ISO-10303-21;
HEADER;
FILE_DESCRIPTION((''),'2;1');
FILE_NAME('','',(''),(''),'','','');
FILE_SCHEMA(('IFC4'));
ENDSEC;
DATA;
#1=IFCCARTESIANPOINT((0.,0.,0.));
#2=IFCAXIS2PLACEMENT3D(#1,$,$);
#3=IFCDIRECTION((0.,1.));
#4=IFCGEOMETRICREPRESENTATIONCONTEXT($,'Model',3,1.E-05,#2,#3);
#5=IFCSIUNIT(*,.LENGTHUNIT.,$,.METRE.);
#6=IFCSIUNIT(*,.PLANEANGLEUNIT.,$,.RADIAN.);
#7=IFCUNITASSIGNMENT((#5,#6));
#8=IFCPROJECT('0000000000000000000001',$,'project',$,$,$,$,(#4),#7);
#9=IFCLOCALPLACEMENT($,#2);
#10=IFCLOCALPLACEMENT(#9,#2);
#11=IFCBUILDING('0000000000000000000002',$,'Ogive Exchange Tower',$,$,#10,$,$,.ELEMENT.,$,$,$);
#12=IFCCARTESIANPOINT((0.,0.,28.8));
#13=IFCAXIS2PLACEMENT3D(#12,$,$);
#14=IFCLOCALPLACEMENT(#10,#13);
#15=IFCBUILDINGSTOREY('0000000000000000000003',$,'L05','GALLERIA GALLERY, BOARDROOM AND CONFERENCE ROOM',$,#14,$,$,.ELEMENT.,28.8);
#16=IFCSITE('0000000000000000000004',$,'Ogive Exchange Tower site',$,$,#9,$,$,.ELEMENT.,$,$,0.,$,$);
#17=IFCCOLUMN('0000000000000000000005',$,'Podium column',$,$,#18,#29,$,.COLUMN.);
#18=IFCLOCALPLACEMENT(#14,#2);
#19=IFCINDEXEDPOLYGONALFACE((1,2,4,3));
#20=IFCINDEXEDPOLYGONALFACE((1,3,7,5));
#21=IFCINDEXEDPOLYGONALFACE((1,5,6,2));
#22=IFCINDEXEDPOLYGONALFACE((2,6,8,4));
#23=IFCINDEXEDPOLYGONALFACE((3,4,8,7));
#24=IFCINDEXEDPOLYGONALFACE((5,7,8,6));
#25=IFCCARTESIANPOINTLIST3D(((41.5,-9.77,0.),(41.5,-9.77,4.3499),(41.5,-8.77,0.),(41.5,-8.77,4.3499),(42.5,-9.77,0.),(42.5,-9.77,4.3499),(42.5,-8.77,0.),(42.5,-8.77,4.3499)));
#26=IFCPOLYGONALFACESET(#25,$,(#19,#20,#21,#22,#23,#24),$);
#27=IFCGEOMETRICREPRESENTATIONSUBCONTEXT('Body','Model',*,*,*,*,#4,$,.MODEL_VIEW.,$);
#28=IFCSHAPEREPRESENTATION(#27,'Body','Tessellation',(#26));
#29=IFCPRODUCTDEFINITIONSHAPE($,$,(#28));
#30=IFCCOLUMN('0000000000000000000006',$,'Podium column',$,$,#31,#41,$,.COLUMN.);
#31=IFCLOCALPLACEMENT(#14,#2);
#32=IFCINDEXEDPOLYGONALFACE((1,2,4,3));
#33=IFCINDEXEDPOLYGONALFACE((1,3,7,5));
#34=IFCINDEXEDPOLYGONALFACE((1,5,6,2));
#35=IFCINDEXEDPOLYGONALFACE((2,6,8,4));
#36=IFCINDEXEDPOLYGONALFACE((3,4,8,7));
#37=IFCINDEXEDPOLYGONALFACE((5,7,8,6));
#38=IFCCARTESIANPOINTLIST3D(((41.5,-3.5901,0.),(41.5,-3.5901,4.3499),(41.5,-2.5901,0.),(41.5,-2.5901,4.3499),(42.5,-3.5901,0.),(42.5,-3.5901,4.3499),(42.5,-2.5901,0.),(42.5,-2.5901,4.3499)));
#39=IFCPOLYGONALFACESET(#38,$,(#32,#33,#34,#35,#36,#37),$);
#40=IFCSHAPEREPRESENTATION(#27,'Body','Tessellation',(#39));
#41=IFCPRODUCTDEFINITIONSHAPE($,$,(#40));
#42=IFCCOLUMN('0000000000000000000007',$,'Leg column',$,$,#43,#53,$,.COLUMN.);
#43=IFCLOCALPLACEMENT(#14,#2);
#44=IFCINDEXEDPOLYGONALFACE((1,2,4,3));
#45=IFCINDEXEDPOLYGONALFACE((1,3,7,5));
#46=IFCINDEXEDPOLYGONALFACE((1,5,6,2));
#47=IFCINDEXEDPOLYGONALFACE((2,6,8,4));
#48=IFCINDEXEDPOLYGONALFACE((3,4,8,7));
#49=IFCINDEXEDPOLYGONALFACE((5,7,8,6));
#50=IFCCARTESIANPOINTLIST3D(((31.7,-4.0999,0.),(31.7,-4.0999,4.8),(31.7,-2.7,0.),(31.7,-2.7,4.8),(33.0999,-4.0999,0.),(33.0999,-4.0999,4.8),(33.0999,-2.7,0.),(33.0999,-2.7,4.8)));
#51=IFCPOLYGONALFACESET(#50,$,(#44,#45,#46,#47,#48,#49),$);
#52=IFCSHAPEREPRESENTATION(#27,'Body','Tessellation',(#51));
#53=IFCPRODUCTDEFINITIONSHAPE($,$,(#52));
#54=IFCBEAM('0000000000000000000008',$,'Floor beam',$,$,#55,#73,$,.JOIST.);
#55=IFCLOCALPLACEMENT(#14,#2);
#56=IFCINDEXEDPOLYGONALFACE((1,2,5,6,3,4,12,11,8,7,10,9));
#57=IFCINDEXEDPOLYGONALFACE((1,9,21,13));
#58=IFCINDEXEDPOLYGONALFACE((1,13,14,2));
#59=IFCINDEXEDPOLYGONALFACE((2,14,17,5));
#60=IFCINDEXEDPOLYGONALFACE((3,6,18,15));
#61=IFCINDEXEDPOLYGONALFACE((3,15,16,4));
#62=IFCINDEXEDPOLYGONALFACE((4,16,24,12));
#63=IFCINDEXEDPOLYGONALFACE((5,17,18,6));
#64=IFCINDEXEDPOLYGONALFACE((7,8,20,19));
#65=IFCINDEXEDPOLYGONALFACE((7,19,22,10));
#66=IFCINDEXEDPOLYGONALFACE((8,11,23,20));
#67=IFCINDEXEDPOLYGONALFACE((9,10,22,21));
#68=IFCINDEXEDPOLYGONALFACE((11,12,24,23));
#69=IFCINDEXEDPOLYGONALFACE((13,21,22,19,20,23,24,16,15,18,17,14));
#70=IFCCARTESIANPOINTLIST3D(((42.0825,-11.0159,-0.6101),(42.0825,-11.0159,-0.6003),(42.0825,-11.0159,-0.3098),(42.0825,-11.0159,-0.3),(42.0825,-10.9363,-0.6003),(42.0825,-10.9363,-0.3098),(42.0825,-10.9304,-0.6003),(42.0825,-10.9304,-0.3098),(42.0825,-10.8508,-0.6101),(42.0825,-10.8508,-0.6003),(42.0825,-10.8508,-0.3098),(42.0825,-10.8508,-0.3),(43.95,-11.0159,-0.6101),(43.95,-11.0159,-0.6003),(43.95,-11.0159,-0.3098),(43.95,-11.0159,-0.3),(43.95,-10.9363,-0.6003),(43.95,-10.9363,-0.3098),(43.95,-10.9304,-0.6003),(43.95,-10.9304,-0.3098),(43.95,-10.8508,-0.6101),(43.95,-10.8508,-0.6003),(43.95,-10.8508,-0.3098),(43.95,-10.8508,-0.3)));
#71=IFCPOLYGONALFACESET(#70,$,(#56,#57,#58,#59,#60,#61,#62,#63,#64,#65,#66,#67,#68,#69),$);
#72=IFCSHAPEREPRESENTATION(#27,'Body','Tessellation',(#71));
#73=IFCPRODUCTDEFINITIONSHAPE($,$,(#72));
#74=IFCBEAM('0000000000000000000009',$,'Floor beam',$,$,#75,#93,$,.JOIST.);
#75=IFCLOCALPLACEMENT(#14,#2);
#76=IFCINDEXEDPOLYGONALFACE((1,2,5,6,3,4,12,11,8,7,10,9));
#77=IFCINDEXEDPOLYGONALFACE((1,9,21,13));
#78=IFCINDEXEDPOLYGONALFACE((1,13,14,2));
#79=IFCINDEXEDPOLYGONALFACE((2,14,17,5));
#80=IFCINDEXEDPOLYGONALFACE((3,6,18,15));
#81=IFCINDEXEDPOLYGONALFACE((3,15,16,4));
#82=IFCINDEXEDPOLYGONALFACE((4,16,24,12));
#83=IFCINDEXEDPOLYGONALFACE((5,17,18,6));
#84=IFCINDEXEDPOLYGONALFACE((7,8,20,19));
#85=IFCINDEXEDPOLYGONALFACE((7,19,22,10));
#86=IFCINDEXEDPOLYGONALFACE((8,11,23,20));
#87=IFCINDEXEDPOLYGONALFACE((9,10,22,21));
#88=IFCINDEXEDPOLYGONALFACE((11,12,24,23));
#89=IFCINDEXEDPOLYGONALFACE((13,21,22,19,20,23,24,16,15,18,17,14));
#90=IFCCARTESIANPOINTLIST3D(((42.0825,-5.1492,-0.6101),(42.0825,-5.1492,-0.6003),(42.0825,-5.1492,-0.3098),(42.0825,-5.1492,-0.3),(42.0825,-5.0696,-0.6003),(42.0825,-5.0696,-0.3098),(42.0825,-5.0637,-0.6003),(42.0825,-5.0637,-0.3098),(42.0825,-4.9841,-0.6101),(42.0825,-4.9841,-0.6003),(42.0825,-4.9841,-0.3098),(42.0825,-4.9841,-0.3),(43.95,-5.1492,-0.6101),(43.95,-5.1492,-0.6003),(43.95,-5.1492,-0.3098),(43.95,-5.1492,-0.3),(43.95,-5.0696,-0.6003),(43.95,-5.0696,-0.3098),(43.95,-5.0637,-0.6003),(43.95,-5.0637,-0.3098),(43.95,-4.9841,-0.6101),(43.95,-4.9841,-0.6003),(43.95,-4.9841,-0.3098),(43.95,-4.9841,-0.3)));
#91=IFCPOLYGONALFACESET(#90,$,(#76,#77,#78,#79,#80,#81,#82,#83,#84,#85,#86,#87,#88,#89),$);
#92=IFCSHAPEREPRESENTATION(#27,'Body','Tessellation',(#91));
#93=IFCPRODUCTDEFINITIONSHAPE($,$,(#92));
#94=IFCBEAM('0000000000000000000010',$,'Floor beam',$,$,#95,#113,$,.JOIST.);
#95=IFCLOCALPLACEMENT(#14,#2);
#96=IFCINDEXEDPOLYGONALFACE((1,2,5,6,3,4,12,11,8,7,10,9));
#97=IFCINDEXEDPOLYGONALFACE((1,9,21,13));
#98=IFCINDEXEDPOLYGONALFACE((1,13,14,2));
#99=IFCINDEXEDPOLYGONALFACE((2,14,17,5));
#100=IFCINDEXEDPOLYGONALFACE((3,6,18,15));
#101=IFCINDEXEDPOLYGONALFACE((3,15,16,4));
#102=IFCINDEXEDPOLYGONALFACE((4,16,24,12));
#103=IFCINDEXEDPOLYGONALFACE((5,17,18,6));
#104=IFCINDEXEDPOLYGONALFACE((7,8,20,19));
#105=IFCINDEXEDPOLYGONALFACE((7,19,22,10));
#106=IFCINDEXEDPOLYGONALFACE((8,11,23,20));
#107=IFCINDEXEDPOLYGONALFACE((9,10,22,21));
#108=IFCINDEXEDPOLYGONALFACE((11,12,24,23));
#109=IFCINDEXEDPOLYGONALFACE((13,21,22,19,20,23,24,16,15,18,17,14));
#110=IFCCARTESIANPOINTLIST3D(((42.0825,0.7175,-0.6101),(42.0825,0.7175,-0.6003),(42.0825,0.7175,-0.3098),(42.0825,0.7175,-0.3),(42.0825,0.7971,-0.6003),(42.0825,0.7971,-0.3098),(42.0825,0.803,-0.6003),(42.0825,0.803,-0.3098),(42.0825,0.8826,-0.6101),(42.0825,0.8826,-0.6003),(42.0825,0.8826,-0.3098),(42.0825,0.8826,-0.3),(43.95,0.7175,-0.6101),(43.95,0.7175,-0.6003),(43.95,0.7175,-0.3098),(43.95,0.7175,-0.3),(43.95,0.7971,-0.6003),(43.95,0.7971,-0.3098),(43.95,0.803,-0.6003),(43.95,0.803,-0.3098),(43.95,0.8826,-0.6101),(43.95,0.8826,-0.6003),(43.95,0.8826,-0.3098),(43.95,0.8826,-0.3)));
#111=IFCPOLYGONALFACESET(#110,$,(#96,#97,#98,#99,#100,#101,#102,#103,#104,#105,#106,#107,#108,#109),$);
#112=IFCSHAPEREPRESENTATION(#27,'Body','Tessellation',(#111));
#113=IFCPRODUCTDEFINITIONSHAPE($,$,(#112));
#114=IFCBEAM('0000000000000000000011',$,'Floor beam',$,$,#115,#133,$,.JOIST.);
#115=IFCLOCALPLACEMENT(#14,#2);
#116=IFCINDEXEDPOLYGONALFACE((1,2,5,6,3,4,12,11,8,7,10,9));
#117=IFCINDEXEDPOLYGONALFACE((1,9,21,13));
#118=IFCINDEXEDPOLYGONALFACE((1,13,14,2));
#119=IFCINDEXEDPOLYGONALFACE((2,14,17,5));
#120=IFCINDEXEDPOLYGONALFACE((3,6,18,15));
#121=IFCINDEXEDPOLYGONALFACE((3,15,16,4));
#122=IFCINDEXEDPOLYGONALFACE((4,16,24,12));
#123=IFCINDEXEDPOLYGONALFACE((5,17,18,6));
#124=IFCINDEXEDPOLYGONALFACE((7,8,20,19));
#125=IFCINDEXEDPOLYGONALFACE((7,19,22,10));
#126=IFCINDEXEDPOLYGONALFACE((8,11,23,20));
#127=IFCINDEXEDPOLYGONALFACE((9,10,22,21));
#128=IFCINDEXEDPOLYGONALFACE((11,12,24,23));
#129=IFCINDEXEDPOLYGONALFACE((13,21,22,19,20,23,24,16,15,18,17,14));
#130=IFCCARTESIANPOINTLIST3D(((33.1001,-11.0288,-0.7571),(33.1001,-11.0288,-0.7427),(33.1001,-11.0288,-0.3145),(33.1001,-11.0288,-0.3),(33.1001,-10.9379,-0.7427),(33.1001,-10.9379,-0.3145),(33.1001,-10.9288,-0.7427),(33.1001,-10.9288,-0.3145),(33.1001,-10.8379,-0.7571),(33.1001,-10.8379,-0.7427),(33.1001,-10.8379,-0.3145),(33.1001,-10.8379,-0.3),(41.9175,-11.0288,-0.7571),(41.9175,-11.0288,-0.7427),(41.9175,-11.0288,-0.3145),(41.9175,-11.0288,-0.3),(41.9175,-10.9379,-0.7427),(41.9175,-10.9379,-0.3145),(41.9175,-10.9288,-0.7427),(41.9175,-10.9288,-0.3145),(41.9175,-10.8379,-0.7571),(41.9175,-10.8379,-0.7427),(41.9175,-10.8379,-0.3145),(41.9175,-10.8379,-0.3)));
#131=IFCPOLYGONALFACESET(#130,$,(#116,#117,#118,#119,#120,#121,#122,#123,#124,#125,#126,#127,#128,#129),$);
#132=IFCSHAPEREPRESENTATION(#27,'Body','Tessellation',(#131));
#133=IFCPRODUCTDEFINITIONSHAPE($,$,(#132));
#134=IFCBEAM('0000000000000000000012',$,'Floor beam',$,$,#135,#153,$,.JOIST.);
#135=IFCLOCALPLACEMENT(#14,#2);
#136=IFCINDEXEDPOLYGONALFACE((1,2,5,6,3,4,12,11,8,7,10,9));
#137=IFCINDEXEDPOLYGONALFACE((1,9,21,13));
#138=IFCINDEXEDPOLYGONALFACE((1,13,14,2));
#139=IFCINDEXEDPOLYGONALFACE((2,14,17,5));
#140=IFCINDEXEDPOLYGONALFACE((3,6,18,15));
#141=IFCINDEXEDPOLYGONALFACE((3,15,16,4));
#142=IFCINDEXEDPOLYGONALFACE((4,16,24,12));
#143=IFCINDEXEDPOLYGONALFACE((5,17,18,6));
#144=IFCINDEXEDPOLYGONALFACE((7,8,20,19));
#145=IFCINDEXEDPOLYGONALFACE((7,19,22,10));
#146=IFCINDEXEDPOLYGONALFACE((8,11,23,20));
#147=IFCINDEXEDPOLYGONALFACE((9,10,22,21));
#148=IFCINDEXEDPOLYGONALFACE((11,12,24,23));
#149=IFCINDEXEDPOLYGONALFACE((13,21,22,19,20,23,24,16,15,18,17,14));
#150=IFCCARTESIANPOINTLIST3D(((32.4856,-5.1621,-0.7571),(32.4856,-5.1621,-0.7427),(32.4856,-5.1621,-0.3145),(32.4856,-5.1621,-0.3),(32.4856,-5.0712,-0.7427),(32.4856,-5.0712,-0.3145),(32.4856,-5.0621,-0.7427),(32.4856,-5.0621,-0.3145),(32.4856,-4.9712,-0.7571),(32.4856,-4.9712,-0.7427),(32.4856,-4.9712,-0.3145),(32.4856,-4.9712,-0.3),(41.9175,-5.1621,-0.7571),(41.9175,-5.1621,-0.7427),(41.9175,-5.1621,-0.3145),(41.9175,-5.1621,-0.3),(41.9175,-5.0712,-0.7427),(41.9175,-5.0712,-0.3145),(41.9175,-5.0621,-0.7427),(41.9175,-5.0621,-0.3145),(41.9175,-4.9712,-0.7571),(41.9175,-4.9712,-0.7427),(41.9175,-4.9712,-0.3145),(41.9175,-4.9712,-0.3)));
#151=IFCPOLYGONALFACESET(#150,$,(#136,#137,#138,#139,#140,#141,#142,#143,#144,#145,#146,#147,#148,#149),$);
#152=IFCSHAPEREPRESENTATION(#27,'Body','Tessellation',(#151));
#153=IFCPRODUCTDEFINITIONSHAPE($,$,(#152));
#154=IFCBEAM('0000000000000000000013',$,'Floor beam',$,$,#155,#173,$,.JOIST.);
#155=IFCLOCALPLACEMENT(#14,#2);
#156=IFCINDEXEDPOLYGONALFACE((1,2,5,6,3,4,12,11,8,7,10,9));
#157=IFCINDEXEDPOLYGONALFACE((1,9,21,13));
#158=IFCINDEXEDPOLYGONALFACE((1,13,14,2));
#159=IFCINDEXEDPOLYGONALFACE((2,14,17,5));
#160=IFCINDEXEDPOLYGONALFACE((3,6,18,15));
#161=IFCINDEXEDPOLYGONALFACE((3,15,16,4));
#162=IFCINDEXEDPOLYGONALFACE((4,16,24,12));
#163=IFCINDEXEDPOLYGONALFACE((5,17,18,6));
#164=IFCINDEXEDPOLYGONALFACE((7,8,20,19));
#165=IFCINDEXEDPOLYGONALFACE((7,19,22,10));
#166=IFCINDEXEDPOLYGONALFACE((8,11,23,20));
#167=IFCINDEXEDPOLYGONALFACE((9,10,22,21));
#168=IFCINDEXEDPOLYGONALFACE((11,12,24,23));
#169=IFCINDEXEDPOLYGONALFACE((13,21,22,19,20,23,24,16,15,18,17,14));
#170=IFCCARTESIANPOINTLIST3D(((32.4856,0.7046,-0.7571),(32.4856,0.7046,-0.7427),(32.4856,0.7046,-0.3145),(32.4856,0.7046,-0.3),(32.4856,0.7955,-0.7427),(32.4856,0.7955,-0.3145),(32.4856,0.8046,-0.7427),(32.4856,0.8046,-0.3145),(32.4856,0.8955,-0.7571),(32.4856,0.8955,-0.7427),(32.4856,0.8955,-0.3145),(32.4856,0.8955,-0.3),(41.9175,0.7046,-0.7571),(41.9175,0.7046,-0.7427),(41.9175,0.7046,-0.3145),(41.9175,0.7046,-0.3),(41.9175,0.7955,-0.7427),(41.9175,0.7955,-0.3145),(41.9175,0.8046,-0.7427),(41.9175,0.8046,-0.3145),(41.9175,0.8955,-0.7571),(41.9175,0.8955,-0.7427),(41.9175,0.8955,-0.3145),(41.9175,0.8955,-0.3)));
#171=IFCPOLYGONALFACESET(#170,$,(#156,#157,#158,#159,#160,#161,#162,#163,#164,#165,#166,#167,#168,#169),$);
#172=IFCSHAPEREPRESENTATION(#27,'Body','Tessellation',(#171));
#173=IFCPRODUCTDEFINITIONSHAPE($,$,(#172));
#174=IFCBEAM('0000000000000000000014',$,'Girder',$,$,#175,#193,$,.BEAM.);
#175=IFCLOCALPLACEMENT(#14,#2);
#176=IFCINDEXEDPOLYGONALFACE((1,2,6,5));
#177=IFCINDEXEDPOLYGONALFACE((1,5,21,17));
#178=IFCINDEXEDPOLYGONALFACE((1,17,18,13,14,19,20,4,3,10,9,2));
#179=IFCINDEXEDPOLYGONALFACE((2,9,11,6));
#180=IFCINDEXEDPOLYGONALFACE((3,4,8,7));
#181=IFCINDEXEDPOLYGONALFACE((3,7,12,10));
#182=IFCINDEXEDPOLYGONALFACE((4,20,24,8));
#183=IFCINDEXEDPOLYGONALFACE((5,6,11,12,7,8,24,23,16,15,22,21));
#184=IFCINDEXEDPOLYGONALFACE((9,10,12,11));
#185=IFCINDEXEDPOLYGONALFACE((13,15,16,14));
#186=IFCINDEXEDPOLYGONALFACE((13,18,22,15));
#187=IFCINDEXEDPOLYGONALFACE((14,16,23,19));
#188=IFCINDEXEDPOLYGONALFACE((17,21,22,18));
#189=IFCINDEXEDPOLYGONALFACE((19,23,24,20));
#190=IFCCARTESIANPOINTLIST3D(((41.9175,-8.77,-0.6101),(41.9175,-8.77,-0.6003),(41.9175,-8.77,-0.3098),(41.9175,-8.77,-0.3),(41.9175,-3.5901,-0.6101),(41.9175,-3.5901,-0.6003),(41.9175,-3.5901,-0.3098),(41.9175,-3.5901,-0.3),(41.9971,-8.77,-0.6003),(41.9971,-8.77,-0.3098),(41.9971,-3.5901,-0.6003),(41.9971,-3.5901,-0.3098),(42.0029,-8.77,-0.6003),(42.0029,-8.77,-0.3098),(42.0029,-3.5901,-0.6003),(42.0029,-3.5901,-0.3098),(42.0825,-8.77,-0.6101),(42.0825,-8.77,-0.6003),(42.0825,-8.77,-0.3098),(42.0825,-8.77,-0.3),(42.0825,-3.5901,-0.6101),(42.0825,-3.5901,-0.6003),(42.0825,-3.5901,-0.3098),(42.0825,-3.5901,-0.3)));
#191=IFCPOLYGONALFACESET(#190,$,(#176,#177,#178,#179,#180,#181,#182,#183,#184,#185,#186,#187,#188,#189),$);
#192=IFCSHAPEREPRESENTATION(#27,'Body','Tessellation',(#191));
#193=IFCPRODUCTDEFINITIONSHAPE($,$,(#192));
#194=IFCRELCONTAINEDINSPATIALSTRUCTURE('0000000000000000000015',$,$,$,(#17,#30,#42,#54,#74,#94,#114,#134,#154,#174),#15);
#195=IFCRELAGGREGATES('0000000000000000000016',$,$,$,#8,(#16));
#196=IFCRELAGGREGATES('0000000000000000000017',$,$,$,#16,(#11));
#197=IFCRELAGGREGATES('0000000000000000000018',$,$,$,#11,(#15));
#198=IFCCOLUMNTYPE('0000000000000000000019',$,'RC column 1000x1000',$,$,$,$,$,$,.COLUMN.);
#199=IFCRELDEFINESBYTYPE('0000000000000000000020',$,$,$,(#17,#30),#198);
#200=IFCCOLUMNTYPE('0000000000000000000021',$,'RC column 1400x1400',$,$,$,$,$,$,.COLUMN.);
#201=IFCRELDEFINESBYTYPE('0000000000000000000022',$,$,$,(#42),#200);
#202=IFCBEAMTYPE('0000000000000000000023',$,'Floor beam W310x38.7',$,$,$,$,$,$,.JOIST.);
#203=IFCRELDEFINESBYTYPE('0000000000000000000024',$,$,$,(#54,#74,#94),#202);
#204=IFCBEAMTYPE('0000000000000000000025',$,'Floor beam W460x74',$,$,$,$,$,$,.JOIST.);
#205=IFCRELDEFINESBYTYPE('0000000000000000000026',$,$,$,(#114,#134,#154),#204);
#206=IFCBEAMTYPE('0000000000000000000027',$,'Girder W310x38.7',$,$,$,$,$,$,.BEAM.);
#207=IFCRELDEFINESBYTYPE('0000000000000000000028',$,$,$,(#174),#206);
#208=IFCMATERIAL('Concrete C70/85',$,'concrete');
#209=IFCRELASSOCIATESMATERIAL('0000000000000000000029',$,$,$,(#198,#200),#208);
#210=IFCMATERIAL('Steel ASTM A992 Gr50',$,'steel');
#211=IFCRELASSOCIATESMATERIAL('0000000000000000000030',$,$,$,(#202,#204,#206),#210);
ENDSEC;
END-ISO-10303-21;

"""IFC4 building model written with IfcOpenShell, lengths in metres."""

from ifc_helpers import new_model, si_unit, direction, frame, origin, origin_2d, place, context, subcontext, project, spatial, rectangle, i_section, extrude, material, material_profile, profile_set, type_object, element, save


model = new_model("IFC4")

# Units and contexts
model_context = context("Model", 3, precision=1e-05, world=origin(), true_north=direction((0.0, 1.0)))
body_context = subcontext(model_context, "Body", "Model", "MODEL_VIEW")
ifc_project = project(units=[si_unit("LENGTHUNIT", "METRE"), si_unit("PLANEANGLEUNIT", "RADIAN")], contexts=[model_context])

# Site, building, storey
site_placement = place(None, origin())
site = spatial("IfcSite", under=ifc_project, at=site_placement, Name="Ogive Exchange Tower site", CompositionType="ELEMENT", RefElevation=0.0)
building_placement = place(site_placement, origin())
building = spatial("IfcBuilding", under=site, at=building_placement, Name="Ogive Exchange Tower", CompositionType="ELEMENT")
storey_placement = place(building_placement, frame((0.0, 0.0, 28.8)))
storey = spatial("IfcBuildingStorey", under=building, at=storey_placement, Name="L05", Description="GALLERIA GALLERY, BOARDROOM AND CONFERENCE ROOM", CompositionType="ELEMENT", Elevation=28.8)

# Columns
ifc_material_1 = material(Name="Concrete C70/85", Category="concrete")
ifc_material_profile_1 = material_profile(ifc_material_1, rectangle(XDim=1.0, YDim=1.0, at=origin_2d()), Name="RC 1000x1000")
ifc_profile_set_1 = profile_set([ifc_material_profile_1], Name="Concrete C70/85")
column_type_1 = type_object("IfcColumnType", Name="RC column 1000x1000", PredefinedType="COLUMN", material=ifc_profile_set_1)
for number, where, z_axis, x_axis, name in (
    (1, (42.0, -9.27, 0.0), (0.0, 0.0, 1.0), (1.0, 0.0, 0.0), "Podium column"),
    (2, (42.0, -3.0901, 0.0), (0.0, 0.0, 1.0), (1.0, 0.0, 0.0), "Podium column"),
):
    element("IfcColumn", number, at=place(storey_placement, frame(where, z_axis=z_axis, x_axis=x_axis)), inside=storey, type_object=column_type_1, Name=name, PredefinedType="COLUMN", context=body_context, shape_type="SweptSolid", body=[
        extrude(rectangle(XDim=1.0, YDim=1.0, at=origin_2d()), origin(), (0.0, 0.0, 1.0), 4.3499),
    ])
ifc_material_profile_2 = material_profile(ifc_material_1, rectangle(XDim=1.3999, YDim=1.3999, at=origin_2d()), Name="RC 1400x1400")
ifc_profile_set_2 = profile_set([ifc_material_profile_2], Name="Concrete C70/85")
column_type_2 = type_object("IfcColumnType", Name="RC column 1400x1400", PredefinedType="COLUMN", material=ifc_profile_set_2)
column_placement = place(storey_placement, frame((32.3999, -3.3999, 0.0), z_axis=(0.0, 0.0, 1.0), x_axis=(1.0, 0.0, 0.0)))
element("IfcColumn", 3, at=column_placement, inside=storey, type_object=column_type_2, Name="Leg column", PredefinedType="COLUMN", context=body_context, shape_type="SweptSolid", body=[
    extrude(rectangle(XDim=1.3999, YDim=1.3999, at=origin_2d()), origin(), (0.0, 0.0, 1.0), 4.8),
])

# Beams
ifc_material_2 = material(Name="Steel ASTM A992 Gr50", Category="steel")
ifc_material_profile_3 = material_profile(ifc_material_2, i_section(OverallWidth=0.165, OverallDepth=0.3101, WebThickness=0.0059, FlangeThickness=0.0098, at=origin_2d()), Name="W310x38.7")
ifc_profile_set_3 = profile_set([ifc_material_profile_3], Name="Steel ASTM A992 Gr50")
beam_type_1 = type_object("IfcBeamType", Name="Floor beam W310x38.7", PredefinedType="JOIST", material=ifc_profile_set_3)
for number, where, z_axis, x_axis, name in (
    (4, (42.0825, -10.9333, -0.4551), (1.0, 0.0, 0.0), (0.0, 1.0, 0.0), "Floor beam"),
    (5, (42.0825, -5.0667, -0.4551), (1.0, 0.0, 0.0), (0.0, 1.0, 0.0), "Floor beam"),
    (6, (42.0825, 0.8, -0.4551), (1.0, 0.0, 0.0), (0.0, 1.0, 0.0), "Floor beam"),
):
    element("IfcBeam", number, at=place(storey_placement, frame(where, z_axis=z_axis, x_axis=x_axis)), inside=storey, type_object=beam_type_1, Name=name, PredefinedType="JOIST", context=body_context, shape_type="SweptSolid", body=[
        extrude(i_section(OverallWidth=0.165, OverallDepth=0.3101, WebThickness=0.0059, FlangeThickness=0.0098, at=origin_2d()), origin(), (0.0, 0.0, 1.0), 1.8674),
    ])
ifc_material_profile_4 = material_profile(ifc_material_2, i_section(OverallWidth=0.1909, OverallDepth=0.457, WebThickness=0.009, FlangeThickness=0.0144, at=origin_2d()), Name="W460x74")
ifc_profile_set_4 = profile_set([ifc_material_profile_4], Name="Steel ASTM A992 Gr50")
beam_type_2 = type_object("IfcBeamType", Name="Floor beam W460x74", PredefinedType="JOIST", material=ifc_profile_set_4)
beam_1_placement = place(storey_placement, frame((33.1001, -10.9333, -0.5286), z_axis=(1.0, 0.0, 0.0), x_axis=(0.0, 1.0, 0.0)))
element("IfcBeam", 7, at=beam_1_placement, inside=storey, type_object=beam_type_2, Name="Floor beam", PredefinedType="JOIST", context=body_context, shape_type="SweptSolid", body=[
    extrude(i_section(OverallWidth=0.1909, OverallDepth=0.457, WebThickness=0.009, FlangeThickness=0.0144, at=origin_2d()), origin(), (0.0, 0.0, 1.0), 8.8174),
])
for number, where, z_axis, x_axis, name in (
    (8, (32.4856, -5.0667, -0.5286), (1.0, 0.0, 0.0), (0.0, 1.0, 0.0), "Floor beam"),
    (9, (32.4856, 0.8, -0.5286), (1.0, 0.0, 0.0), (0.0, 1.0, 0.0), "Floor beam"),
):
    element("IfcBeam", number, at=place(storey_placement, frame(where, z_axis=z_axis, x_axis=x_axis)), inside=storey, type_object=beam_type_2, Name=name, PredefinedType="JOIST", context=body_context, shape_type="SweptSolid", body=[
        extrude(i_section(OverallWidth=0.1909, OverallDepth=0.457, WebThickness=0.009, FlangeThickness=0.0144, at=origin_2d()), origin(), (0.0, 0.0, 1.0), 9.4319),
    ])
ifc_material_profile_5 = material_profile(ifc_material_2, i_section(OverallWidth=0.165, OverallDepth=0.3101, WebThickness=0.0059, FlangeThickness=0.0098, at=origin_2d()), Name="W310x38.7")
ifc_profile_set_5 = profile_set([ifc_material_profile_5], Name="Steel ASTM A992 Gr50")
beam_type_3 = type_object("IfcBeamType", Name="Girder W310x38.7", PredefinedType="BEAM", material=ifc_profile_set_5)
beam_2_placement = place(storey_placement, frame((42.0, -8.77, -0.4551), z_axis=(0.0, 1.0, 0.0), x_axis=(-1.0, 0.0, 0.0)))
element("IfcBeam", 10, at=beam_2_placement, inside=storey, type_object=beam_type_3, Name="Girder", PredefinedType="BEAM", context=body_context, shape_type="SweptSolid", body=[
    extrude(i_section(OverallWidth=0.165, OverallDepth=0.3101, WebThickness=0.0059, FlangeThickness=0.0098, at=origin_2d()), origin(), (0.0, 0.0, 1.0), 5.1799),
])

save(model, "model.ifc")
